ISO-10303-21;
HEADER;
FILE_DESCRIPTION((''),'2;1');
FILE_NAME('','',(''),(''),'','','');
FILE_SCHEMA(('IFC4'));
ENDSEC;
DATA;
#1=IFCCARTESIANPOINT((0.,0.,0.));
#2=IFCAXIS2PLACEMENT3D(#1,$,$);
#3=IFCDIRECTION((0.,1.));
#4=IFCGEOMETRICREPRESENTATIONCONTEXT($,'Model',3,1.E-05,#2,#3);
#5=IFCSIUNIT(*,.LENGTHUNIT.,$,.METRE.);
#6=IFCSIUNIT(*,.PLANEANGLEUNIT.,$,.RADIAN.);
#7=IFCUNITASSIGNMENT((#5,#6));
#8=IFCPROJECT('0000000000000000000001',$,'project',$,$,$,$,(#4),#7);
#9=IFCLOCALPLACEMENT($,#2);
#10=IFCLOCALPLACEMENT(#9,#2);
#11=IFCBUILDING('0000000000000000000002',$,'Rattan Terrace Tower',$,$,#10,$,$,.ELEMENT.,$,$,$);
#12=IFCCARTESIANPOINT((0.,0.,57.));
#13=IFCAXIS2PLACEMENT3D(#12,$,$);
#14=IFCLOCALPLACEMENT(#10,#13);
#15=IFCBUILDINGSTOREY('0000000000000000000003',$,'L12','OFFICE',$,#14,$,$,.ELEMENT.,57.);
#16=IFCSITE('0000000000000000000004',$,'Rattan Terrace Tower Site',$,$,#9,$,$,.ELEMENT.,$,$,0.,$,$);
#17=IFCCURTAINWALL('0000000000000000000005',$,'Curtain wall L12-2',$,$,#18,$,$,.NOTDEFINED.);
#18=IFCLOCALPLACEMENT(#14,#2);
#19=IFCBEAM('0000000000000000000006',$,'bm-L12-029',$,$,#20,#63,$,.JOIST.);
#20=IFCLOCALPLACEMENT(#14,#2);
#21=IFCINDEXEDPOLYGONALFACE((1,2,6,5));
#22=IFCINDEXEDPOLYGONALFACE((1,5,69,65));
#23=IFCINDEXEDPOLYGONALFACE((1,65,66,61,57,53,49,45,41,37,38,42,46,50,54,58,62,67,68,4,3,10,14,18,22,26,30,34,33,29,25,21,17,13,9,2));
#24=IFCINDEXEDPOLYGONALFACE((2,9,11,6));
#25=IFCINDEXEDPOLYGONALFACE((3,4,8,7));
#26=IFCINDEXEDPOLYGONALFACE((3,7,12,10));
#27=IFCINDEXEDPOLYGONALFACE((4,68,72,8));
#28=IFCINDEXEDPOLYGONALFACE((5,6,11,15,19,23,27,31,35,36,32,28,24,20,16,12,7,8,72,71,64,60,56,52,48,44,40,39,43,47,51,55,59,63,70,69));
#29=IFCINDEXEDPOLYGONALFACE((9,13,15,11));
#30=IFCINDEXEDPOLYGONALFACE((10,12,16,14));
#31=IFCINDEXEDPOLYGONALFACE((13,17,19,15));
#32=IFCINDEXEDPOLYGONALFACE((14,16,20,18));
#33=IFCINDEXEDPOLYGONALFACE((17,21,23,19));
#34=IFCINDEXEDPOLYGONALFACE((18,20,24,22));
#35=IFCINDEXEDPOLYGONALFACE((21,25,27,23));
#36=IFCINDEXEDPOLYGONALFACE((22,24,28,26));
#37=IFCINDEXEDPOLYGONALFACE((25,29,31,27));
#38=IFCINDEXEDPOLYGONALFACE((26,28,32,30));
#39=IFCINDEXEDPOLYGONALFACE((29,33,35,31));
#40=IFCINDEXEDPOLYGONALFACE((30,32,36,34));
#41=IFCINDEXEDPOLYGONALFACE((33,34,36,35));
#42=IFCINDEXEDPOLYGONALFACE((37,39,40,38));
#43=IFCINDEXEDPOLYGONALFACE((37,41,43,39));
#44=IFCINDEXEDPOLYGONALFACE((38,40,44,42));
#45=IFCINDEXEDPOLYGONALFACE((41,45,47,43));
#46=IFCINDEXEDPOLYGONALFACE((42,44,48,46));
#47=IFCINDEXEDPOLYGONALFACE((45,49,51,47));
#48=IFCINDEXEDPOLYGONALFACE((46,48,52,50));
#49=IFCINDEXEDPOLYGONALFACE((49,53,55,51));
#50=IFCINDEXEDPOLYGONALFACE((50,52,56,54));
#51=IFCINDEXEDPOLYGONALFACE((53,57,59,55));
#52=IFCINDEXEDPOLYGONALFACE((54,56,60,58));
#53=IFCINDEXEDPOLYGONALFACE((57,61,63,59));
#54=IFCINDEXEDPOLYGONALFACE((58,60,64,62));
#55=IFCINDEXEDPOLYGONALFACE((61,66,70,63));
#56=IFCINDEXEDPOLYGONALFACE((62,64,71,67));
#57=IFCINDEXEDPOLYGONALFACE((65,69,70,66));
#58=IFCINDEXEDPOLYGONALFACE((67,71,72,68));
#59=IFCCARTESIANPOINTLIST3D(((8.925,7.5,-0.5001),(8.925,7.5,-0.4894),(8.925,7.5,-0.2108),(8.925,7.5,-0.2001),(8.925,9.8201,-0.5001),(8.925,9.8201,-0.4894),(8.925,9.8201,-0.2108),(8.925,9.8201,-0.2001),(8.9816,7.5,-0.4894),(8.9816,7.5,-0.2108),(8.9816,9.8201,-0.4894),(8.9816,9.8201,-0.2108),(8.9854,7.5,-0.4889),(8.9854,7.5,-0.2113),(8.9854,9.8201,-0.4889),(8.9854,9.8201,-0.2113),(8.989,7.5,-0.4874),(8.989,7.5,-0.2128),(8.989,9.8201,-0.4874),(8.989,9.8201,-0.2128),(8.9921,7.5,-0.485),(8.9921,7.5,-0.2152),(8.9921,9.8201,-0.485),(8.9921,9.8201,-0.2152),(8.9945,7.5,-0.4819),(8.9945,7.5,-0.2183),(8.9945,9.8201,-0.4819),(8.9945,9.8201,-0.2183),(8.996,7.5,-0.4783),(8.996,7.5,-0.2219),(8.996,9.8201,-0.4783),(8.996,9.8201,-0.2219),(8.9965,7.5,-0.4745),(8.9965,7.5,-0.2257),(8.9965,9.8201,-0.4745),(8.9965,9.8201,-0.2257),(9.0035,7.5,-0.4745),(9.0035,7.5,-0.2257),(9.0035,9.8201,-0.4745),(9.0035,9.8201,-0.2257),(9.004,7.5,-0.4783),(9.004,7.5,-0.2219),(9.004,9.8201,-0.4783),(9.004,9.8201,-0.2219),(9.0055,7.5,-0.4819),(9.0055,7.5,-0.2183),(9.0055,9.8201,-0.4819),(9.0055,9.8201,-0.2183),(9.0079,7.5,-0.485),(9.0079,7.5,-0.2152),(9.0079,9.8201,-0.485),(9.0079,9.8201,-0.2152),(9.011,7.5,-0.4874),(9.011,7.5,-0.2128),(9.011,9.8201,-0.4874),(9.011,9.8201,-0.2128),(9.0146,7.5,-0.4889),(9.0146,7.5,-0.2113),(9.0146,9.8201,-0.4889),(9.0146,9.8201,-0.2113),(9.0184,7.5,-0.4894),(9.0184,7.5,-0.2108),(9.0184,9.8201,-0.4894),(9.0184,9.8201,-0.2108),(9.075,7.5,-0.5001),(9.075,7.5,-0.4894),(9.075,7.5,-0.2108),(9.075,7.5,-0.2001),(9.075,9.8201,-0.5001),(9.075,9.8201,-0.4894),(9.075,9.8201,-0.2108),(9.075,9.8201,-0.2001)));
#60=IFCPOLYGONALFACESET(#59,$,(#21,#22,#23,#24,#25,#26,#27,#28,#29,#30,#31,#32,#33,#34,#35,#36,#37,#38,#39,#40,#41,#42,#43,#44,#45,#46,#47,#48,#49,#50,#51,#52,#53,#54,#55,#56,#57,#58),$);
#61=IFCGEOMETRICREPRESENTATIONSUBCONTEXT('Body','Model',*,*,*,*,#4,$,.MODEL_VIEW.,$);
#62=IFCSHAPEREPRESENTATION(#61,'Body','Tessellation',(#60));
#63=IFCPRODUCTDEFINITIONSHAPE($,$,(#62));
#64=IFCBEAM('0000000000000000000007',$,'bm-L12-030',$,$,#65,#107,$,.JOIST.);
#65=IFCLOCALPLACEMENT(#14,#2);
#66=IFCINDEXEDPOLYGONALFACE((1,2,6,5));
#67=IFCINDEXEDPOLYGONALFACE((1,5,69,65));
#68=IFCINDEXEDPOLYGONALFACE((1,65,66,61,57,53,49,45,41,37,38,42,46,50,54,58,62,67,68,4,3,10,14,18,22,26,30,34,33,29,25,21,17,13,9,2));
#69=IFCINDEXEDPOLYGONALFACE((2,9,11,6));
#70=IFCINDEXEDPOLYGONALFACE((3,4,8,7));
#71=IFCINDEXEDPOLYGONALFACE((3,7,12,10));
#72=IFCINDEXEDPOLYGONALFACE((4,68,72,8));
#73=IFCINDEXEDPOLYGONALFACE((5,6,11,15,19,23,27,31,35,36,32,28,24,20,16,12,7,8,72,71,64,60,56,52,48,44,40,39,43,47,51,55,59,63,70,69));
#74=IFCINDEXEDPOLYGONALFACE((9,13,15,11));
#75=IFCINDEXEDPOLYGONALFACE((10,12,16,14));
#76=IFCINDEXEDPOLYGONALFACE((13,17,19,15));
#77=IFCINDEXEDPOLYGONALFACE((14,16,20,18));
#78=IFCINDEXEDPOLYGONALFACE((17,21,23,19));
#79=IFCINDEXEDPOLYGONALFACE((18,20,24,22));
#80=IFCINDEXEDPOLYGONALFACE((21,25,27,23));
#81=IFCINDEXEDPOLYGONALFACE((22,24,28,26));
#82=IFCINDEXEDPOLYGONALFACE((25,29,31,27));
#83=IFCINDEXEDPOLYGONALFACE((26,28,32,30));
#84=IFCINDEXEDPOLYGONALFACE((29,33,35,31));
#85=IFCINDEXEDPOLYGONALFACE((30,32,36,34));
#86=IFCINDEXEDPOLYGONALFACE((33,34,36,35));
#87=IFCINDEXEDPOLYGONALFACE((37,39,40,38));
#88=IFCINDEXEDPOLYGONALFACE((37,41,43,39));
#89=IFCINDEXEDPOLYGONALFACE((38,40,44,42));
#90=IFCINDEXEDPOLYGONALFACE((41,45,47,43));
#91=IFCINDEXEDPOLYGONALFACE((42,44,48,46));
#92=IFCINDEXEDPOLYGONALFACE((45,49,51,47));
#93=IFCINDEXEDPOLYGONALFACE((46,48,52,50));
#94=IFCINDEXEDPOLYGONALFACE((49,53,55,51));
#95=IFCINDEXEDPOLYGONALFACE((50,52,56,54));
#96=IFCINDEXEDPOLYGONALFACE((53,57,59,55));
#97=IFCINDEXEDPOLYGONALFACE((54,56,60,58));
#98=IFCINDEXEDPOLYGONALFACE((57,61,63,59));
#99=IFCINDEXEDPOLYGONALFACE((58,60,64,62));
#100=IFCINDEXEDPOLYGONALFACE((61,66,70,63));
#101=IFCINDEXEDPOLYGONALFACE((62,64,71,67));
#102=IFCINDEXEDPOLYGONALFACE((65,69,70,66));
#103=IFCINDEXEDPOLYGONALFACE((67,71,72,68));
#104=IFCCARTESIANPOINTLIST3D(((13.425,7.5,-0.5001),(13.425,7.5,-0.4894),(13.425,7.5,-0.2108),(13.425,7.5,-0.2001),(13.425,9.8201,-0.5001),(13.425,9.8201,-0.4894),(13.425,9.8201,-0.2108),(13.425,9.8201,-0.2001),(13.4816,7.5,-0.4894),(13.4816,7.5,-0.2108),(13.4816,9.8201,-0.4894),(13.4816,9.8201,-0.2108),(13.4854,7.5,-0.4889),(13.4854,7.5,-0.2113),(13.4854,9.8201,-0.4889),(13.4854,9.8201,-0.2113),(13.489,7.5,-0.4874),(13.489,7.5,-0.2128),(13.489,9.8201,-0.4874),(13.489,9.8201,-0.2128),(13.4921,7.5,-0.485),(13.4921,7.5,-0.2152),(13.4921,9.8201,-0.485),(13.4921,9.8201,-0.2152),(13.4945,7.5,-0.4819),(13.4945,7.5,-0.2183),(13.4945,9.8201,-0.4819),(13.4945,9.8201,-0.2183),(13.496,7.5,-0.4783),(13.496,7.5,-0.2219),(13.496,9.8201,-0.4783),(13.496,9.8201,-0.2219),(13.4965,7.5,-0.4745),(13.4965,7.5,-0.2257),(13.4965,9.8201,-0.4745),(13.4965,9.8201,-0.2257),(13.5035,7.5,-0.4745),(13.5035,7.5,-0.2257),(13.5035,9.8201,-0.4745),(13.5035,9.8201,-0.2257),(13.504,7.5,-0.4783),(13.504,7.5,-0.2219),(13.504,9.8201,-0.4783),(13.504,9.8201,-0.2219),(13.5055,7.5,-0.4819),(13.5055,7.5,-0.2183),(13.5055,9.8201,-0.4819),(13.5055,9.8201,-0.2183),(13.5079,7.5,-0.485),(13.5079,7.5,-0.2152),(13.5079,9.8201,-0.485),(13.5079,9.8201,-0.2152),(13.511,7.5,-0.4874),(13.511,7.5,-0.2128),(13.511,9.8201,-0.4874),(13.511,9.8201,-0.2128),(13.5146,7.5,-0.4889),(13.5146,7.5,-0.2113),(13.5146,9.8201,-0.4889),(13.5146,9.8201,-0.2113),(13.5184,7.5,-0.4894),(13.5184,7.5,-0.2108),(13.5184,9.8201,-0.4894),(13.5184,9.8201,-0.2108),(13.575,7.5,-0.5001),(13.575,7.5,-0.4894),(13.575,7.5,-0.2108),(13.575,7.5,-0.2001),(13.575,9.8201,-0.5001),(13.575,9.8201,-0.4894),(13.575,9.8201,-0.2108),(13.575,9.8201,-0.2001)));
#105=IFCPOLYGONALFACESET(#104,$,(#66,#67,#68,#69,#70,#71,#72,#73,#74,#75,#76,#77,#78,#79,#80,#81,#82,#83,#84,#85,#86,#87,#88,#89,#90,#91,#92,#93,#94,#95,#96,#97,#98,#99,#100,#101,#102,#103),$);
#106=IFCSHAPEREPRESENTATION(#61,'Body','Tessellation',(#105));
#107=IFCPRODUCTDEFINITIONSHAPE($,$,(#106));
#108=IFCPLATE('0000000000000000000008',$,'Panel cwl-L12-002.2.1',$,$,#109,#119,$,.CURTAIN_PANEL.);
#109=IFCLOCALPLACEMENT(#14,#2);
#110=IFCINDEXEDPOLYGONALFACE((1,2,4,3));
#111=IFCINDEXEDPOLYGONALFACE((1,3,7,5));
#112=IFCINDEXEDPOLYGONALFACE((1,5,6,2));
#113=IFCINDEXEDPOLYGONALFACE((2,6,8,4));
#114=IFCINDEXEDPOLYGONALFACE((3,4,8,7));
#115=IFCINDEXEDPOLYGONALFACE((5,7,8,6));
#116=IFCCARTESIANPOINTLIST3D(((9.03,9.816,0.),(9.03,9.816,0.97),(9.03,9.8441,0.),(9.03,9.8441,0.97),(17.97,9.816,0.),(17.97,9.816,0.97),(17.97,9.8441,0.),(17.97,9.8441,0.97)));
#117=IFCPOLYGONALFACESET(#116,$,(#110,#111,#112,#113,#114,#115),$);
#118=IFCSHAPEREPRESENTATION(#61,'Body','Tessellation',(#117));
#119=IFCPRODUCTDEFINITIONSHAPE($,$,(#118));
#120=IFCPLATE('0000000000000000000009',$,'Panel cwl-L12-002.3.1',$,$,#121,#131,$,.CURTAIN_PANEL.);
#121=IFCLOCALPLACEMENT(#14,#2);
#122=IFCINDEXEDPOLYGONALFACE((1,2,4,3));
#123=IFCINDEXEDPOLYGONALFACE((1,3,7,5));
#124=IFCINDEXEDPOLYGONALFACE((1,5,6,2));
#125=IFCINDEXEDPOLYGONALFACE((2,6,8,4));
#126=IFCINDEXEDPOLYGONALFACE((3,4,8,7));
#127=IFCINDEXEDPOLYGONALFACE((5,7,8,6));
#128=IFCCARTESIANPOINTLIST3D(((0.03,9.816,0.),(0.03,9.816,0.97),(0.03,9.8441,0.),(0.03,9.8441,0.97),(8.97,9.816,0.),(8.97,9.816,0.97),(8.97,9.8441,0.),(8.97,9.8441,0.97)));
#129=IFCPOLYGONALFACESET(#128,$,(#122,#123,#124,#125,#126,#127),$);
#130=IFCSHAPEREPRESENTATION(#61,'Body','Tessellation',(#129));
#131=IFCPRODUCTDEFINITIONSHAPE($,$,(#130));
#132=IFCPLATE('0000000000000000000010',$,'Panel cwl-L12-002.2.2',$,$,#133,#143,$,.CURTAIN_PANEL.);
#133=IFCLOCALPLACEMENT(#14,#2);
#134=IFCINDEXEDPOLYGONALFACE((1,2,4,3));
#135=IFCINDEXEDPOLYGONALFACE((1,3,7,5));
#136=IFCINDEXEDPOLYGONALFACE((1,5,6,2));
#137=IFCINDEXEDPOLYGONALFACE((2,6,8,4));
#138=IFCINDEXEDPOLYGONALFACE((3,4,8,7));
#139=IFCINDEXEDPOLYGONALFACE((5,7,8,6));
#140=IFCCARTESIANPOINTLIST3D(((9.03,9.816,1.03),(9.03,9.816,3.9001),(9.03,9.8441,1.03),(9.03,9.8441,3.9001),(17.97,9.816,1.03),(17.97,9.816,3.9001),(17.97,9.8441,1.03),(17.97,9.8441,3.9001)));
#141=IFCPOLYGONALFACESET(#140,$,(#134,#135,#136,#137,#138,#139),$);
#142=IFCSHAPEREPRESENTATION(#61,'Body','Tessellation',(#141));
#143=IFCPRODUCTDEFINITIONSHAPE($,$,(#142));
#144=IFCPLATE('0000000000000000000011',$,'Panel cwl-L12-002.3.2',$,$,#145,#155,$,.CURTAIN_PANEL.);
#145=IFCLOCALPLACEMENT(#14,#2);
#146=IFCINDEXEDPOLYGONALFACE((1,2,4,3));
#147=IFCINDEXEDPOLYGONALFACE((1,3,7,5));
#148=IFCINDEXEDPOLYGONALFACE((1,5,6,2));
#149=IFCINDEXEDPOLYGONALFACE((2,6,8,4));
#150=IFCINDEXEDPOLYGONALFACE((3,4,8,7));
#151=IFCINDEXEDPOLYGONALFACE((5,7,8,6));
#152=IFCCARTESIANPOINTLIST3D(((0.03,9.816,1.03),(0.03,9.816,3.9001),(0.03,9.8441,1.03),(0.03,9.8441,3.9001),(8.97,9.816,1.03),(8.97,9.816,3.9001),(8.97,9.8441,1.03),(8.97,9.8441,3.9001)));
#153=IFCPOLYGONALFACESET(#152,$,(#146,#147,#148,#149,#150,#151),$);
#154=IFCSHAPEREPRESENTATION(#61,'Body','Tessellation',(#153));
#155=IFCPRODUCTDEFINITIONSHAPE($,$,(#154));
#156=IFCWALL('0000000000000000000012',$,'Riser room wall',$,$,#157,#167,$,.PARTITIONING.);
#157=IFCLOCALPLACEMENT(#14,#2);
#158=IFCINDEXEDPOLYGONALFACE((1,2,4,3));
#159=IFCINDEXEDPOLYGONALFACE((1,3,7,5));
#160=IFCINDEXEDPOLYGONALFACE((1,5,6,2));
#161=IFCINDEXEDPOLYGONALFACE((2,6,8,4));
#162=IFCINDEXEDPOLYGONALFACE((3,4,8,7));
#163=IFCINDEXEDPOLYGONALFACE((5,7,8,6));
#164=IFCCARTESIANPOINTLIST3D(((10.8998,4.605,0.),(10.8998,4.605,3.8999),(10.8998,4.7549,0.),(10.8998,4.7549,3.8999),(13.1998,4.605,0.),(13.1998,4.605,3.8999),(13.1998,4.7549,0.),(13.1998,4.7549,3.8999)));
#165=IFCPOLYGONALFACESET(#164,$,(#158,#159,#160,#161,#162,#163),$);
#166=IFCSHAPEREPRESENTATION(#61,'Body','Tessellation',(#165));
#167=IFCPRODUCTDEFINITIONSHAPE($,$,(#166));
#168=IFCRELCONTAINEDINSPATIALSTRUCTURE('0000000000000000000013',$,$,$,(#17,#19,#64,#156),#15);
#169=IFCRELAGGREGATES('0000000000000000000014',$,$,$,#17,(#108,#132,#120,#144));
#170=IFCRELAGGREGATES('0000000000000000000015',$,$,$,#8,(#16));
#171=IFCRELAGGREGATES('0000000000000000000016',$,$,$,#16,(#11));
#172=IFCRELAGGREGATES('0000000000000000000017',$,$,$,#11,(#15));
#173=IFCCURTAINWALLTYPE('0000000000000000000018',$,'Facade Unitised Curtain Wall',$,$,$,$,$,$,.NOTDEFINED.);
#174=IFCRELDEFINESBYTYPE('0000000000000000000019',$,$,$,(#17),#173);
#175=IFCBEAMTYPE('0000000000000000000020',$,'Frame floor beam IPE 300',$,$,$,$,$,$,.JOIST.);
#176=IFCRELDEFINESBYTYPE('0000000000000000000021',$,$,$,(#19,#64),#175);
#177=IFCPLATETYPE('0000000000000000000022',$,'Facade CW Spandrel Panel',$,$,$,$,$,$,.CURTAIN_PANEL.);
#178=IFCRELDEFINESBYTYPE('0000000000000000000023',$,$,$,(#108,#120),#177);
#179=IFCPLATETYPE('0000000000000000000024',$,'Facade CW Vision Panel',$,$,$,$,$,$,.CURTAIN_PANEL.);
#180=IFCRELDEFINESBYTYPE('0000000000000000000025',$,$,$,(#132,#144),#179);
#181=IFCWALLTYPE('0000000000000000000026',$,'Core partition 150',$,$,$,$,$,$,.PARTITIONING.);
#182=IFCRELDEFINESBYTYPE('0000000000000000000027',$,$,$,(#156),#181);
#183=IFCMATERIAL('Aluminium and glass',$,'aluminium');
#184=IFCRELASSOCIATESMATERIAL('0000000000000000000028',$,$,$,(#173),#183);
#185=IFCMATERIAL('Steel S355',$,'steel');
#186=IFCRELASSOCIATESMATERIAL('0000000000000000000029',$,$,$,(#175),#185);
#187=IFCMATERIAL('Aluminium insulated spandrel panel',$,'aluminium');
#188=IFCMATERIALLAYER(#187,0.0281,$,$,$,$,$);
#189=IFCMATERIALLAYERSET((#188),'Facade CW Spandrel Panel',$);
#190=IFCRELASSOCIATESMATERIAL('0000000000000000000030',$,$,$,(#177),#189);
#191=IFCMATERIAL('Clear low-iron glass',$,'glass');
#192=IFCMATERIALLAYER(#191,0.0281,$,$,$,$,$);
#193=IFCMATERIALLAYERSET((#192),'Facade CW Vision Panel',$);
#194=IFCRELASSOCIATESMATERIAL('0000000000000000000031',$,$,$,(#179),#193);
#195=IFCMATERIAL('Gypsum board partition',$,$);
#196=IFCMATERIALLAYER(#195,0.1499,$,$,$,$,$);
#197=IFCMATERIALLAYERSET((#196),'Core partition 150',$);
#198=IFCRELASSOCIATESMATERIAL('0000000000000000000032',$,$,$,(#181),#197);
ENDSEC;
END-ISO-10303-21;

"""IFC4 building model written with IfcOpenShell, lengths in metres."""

from ifc_helpers import new_model, si_unit, direction, frame, frame_2d, origin, origin_2d, place, context, subcontext, project, spatial, rectangle, i_section, extrude, material, layer, layer_set, material_profile, profile_set, type_object, element, aggregate, save


model = new_model("IFC4")

# Units and contexts
model_context = context("Model", 3, precision=1e-05, world=origin(), true_north=direction((0.0, 1.0)))
body_context = subcontext(model_context, "Body", "Model", "MODEL_VIEW")
ifc_project = project(units=[si_unit("LENGTHUNIT", "METRE"), si_unit("PLANEANGLEUNIT", "RADIAN")], contexts=[model_context])

# Site, building, storey
site_placement = place(None, origin())
site = spatial("IfcSite", under=ifc_project, at=site_placement, Name="Rattan Terrace Tower Site", CompositionType="ELEMENT", RefElevation=0.0)
building_placement = place(site_placement, origin())
building = spatial("IfcBuilding", under=site, at=building_placement, Name="Rattan Terrace Tower", CompositionType="ELEMENT")
storey_placement = place(building_placement, frame((0.0, 0.0, 57.0)))
storey = spatial("IfcBuildingStorey", under=building, at=storey_placement, Name="L12", Description="OFFICE", CompositionType="ELEMENT", Elevation=57.0)

# Curtain wall
ifc_material_1 = material(Name="Aluminium and glass", Category="aluminium")
curtain_wall_type = type_object("IfcCurtainWallType", Name="Facade Unitised Curtain Wall", PredefinedType="NOTDEFINED", material=ifc_material_1)
curtain_wall_placement = place(storey_placement, origin())
curtain_wall = element("IfcCurtainWall", 1, at=curtain_wall_placement, inside=storey, type_object=curtain_wall_type, Name="Curtain wall L12-2", PredefinedType="NOTDEFINED")

# Beams
ifc_material_2 = material(Name="Steel S355", Category="steel")
ifc_material_profile_1 = material_profile(ifc_material_2, i_section(OverallWidth=0.1499, OverallDepth=0.3, WebThickness=0.0071, FlangeThickness=0.0107, FilletRadius=0.0149, at=origin_2d()), Name="IPE 300")
ifc_profile_set_1 = profile_set([ifc_material_profile_1], Name="Steel S355")
beam_type_1 = type_object("IfcBeamType", Name="Frame floor beam IPE 300", PredefinedType="JOIST", material=ifc_profile_set_1)
for number, where, z_axis, x_axis, name in (
    (2, (9.0, 7.5, -0.3501), (0.0, 1.0, 0.0), (-1.0, 0.0, 0.0), "bm-L12-029"),
    (3, (13.5, 7.5, -0.3501), (0.0, 1.0, 0.0), (-1.0, 0.0, 0.0), "bm-L12-030"),
):
    element("IfcBeam", number, at=place(storey_placement, frame(where, z_axis=z_axis, x_axis=x_axis)), inside=storey, type_object=beam_type_1, Name=name, PredefinedType="JOIST", context=body_context, shape_type="SweptSolid", body=[
        extrude(i_section(OverallWidth=0.1499, OverallDepth=0.3, WebThickness=0.0071, FlangeThickness=0.0107, FilletRadius=0.0149, at=origin_2d()), origin(), (0.0, 0.0, 1.0), 2.3201),
    ])

# Plates
ifc_material_3 = material(Name="Aluminium insulated spandrel panel", Category="aluminium")
ifc_layer_1 = layer(ifc_material_3, 0.0281)
ifc_layer_set_1 = layer_set([ifc_layer_1], Name="Facade CW Spandrel Panel")
plate_type_1 = type_object("IfcPlateType", Name="Facade CW Spandrel Panel", PredefinedType="CURTAIN_PANEL", material=ifc_layer_set_1)
plate_1_placement = place(storey_placement, frame((13.5, 9.8301, 0.0), z_axis=(0.0, 0.0, 1.0), x_axis=(-1.0, 0.0, 0.0)))
plate_1 = element("IfcPlate", 4, at=plate_1_placement, type_object=plate_type_1, Name="Panel cwl-L12-002.2.1", PredefinedType="CURTAIN_PANEL", context=body_context, shape_type="SweptSolid", body=[
    extrude(rectangle(XDim=8.9399, YDim=0.0281, at=origin_2d()), origin(), (0.0, 0.0, 1.0), 0.97),
])
plate_2_placement = place(storey_placement, frame((4.5, 9.8301, 0.0), z_axis=(0.0, 0.0, 1.0), x_axis=(-1.0, 0.0, 0.0)))
plate_2 = element("IfcPlate", 5, at=plate_2_placement, type_object=plate_type_1, Name="Panel cwl-L12-002.3.1", PredefinedType="CURTAIN_PANEL", context=body_context, shape_type="SweptSolid", body=[
    extrude(rectangle(XDim=8.9399, YDim=0.0281, at=origin_2d()), origin(), (0.0, 0.0, 1.0), 0.97),
])
ifc_material_4 = material(Name="Clear low-iron glass", Category="glass")
ifc_layer_2 = layer(ifc_material_4, 0.0281)
ifc_layer_set_2 = layer_set([ifc_layer_2], Name="Facade CW Vision Panel")
plate_type_2 = type_object("IfcPlateType", Name="Facade CW Vision Panel", PredefinedType="CURTAIN_PANEL", material=ifc_layer_set_2)
plate_3_placement = place(storey_placement, frame((13.5, 9.8301, 1.03), z_axis=(0.0, 0.0, 1.0), x_axis=(-1.0, 0.0, 0.0)))
plate_3 = element("IfcPlate", 6, at=plate_3_placement, type_object=plate_type_2, Name="Panel cwl-L12-002.2.2", PredefinedType="CURTAIN_PANEL", context=body_context, shape_type="SweptSolid", body=[
    extrude(rectangle(XDim=8.9399, YDim=0.0281, at=origin_2d()), origin(), (0.0, 0.0, 1.0), 2.8701),
])
plate_4_placement = place(storey_placement, frame((4.5, 9.8301, 1.03), z_axis=(0.0, 0.0, 1.0), x_axis=(-1.0, 0.0, 0.0)))
plate_4 = element("IfcPlate", 7, at=plate_4_placement, type_object=plate_type_2, Name="Panel cwl-L12-002.3.2", PredefinedType="CURTAIN_PANEL", context=body_context, shape_type="SweptSolid", body=[
    extrude(rectangle(XDim=8.9399, YDim=0.0281, at=origin_2d()), origin(), (0.0, 0.0, 1.0), 2.8701),
])
aggregate(curtain_wall, [plate_1, plate_3, plate_2, plate_4])

# Wall
ifc_material_5 = material(Name="Gypsum board partition")
ifc_layer_3 = layer(ifc_material_5, 0.1499)
ifc_layer_set_3 = layer_set([ifc_layer_3], Name="Core partition 150")
wall_type = type_object("IfcWallType", Name="Core partition 150", PredefinedType="PARTITIONING", material=ifc_layer_set_3)
wall_placement = place(storey_placement, frame((10.8999, 4.6799, 0.0), z_axis=(0.0, 0.0, 1.0), x_axis=(1.0, 0.0, 0.0)))
element("IfcWall", 8, at=wall_placement, inside=storey, type_object=wall_type, Name="Riser room wall", PredefinedType="PARTITIONING", context=body_context, shape_type="SweptSolid", body=[
    extrude(rectangle(XDim=2.3, YDim=0.1499, at=frame_2d((1.1499, 0.0))), origin(), (0.0, 0.0, 1.0), 3.8999),
])

save(model, "model.ifc")
